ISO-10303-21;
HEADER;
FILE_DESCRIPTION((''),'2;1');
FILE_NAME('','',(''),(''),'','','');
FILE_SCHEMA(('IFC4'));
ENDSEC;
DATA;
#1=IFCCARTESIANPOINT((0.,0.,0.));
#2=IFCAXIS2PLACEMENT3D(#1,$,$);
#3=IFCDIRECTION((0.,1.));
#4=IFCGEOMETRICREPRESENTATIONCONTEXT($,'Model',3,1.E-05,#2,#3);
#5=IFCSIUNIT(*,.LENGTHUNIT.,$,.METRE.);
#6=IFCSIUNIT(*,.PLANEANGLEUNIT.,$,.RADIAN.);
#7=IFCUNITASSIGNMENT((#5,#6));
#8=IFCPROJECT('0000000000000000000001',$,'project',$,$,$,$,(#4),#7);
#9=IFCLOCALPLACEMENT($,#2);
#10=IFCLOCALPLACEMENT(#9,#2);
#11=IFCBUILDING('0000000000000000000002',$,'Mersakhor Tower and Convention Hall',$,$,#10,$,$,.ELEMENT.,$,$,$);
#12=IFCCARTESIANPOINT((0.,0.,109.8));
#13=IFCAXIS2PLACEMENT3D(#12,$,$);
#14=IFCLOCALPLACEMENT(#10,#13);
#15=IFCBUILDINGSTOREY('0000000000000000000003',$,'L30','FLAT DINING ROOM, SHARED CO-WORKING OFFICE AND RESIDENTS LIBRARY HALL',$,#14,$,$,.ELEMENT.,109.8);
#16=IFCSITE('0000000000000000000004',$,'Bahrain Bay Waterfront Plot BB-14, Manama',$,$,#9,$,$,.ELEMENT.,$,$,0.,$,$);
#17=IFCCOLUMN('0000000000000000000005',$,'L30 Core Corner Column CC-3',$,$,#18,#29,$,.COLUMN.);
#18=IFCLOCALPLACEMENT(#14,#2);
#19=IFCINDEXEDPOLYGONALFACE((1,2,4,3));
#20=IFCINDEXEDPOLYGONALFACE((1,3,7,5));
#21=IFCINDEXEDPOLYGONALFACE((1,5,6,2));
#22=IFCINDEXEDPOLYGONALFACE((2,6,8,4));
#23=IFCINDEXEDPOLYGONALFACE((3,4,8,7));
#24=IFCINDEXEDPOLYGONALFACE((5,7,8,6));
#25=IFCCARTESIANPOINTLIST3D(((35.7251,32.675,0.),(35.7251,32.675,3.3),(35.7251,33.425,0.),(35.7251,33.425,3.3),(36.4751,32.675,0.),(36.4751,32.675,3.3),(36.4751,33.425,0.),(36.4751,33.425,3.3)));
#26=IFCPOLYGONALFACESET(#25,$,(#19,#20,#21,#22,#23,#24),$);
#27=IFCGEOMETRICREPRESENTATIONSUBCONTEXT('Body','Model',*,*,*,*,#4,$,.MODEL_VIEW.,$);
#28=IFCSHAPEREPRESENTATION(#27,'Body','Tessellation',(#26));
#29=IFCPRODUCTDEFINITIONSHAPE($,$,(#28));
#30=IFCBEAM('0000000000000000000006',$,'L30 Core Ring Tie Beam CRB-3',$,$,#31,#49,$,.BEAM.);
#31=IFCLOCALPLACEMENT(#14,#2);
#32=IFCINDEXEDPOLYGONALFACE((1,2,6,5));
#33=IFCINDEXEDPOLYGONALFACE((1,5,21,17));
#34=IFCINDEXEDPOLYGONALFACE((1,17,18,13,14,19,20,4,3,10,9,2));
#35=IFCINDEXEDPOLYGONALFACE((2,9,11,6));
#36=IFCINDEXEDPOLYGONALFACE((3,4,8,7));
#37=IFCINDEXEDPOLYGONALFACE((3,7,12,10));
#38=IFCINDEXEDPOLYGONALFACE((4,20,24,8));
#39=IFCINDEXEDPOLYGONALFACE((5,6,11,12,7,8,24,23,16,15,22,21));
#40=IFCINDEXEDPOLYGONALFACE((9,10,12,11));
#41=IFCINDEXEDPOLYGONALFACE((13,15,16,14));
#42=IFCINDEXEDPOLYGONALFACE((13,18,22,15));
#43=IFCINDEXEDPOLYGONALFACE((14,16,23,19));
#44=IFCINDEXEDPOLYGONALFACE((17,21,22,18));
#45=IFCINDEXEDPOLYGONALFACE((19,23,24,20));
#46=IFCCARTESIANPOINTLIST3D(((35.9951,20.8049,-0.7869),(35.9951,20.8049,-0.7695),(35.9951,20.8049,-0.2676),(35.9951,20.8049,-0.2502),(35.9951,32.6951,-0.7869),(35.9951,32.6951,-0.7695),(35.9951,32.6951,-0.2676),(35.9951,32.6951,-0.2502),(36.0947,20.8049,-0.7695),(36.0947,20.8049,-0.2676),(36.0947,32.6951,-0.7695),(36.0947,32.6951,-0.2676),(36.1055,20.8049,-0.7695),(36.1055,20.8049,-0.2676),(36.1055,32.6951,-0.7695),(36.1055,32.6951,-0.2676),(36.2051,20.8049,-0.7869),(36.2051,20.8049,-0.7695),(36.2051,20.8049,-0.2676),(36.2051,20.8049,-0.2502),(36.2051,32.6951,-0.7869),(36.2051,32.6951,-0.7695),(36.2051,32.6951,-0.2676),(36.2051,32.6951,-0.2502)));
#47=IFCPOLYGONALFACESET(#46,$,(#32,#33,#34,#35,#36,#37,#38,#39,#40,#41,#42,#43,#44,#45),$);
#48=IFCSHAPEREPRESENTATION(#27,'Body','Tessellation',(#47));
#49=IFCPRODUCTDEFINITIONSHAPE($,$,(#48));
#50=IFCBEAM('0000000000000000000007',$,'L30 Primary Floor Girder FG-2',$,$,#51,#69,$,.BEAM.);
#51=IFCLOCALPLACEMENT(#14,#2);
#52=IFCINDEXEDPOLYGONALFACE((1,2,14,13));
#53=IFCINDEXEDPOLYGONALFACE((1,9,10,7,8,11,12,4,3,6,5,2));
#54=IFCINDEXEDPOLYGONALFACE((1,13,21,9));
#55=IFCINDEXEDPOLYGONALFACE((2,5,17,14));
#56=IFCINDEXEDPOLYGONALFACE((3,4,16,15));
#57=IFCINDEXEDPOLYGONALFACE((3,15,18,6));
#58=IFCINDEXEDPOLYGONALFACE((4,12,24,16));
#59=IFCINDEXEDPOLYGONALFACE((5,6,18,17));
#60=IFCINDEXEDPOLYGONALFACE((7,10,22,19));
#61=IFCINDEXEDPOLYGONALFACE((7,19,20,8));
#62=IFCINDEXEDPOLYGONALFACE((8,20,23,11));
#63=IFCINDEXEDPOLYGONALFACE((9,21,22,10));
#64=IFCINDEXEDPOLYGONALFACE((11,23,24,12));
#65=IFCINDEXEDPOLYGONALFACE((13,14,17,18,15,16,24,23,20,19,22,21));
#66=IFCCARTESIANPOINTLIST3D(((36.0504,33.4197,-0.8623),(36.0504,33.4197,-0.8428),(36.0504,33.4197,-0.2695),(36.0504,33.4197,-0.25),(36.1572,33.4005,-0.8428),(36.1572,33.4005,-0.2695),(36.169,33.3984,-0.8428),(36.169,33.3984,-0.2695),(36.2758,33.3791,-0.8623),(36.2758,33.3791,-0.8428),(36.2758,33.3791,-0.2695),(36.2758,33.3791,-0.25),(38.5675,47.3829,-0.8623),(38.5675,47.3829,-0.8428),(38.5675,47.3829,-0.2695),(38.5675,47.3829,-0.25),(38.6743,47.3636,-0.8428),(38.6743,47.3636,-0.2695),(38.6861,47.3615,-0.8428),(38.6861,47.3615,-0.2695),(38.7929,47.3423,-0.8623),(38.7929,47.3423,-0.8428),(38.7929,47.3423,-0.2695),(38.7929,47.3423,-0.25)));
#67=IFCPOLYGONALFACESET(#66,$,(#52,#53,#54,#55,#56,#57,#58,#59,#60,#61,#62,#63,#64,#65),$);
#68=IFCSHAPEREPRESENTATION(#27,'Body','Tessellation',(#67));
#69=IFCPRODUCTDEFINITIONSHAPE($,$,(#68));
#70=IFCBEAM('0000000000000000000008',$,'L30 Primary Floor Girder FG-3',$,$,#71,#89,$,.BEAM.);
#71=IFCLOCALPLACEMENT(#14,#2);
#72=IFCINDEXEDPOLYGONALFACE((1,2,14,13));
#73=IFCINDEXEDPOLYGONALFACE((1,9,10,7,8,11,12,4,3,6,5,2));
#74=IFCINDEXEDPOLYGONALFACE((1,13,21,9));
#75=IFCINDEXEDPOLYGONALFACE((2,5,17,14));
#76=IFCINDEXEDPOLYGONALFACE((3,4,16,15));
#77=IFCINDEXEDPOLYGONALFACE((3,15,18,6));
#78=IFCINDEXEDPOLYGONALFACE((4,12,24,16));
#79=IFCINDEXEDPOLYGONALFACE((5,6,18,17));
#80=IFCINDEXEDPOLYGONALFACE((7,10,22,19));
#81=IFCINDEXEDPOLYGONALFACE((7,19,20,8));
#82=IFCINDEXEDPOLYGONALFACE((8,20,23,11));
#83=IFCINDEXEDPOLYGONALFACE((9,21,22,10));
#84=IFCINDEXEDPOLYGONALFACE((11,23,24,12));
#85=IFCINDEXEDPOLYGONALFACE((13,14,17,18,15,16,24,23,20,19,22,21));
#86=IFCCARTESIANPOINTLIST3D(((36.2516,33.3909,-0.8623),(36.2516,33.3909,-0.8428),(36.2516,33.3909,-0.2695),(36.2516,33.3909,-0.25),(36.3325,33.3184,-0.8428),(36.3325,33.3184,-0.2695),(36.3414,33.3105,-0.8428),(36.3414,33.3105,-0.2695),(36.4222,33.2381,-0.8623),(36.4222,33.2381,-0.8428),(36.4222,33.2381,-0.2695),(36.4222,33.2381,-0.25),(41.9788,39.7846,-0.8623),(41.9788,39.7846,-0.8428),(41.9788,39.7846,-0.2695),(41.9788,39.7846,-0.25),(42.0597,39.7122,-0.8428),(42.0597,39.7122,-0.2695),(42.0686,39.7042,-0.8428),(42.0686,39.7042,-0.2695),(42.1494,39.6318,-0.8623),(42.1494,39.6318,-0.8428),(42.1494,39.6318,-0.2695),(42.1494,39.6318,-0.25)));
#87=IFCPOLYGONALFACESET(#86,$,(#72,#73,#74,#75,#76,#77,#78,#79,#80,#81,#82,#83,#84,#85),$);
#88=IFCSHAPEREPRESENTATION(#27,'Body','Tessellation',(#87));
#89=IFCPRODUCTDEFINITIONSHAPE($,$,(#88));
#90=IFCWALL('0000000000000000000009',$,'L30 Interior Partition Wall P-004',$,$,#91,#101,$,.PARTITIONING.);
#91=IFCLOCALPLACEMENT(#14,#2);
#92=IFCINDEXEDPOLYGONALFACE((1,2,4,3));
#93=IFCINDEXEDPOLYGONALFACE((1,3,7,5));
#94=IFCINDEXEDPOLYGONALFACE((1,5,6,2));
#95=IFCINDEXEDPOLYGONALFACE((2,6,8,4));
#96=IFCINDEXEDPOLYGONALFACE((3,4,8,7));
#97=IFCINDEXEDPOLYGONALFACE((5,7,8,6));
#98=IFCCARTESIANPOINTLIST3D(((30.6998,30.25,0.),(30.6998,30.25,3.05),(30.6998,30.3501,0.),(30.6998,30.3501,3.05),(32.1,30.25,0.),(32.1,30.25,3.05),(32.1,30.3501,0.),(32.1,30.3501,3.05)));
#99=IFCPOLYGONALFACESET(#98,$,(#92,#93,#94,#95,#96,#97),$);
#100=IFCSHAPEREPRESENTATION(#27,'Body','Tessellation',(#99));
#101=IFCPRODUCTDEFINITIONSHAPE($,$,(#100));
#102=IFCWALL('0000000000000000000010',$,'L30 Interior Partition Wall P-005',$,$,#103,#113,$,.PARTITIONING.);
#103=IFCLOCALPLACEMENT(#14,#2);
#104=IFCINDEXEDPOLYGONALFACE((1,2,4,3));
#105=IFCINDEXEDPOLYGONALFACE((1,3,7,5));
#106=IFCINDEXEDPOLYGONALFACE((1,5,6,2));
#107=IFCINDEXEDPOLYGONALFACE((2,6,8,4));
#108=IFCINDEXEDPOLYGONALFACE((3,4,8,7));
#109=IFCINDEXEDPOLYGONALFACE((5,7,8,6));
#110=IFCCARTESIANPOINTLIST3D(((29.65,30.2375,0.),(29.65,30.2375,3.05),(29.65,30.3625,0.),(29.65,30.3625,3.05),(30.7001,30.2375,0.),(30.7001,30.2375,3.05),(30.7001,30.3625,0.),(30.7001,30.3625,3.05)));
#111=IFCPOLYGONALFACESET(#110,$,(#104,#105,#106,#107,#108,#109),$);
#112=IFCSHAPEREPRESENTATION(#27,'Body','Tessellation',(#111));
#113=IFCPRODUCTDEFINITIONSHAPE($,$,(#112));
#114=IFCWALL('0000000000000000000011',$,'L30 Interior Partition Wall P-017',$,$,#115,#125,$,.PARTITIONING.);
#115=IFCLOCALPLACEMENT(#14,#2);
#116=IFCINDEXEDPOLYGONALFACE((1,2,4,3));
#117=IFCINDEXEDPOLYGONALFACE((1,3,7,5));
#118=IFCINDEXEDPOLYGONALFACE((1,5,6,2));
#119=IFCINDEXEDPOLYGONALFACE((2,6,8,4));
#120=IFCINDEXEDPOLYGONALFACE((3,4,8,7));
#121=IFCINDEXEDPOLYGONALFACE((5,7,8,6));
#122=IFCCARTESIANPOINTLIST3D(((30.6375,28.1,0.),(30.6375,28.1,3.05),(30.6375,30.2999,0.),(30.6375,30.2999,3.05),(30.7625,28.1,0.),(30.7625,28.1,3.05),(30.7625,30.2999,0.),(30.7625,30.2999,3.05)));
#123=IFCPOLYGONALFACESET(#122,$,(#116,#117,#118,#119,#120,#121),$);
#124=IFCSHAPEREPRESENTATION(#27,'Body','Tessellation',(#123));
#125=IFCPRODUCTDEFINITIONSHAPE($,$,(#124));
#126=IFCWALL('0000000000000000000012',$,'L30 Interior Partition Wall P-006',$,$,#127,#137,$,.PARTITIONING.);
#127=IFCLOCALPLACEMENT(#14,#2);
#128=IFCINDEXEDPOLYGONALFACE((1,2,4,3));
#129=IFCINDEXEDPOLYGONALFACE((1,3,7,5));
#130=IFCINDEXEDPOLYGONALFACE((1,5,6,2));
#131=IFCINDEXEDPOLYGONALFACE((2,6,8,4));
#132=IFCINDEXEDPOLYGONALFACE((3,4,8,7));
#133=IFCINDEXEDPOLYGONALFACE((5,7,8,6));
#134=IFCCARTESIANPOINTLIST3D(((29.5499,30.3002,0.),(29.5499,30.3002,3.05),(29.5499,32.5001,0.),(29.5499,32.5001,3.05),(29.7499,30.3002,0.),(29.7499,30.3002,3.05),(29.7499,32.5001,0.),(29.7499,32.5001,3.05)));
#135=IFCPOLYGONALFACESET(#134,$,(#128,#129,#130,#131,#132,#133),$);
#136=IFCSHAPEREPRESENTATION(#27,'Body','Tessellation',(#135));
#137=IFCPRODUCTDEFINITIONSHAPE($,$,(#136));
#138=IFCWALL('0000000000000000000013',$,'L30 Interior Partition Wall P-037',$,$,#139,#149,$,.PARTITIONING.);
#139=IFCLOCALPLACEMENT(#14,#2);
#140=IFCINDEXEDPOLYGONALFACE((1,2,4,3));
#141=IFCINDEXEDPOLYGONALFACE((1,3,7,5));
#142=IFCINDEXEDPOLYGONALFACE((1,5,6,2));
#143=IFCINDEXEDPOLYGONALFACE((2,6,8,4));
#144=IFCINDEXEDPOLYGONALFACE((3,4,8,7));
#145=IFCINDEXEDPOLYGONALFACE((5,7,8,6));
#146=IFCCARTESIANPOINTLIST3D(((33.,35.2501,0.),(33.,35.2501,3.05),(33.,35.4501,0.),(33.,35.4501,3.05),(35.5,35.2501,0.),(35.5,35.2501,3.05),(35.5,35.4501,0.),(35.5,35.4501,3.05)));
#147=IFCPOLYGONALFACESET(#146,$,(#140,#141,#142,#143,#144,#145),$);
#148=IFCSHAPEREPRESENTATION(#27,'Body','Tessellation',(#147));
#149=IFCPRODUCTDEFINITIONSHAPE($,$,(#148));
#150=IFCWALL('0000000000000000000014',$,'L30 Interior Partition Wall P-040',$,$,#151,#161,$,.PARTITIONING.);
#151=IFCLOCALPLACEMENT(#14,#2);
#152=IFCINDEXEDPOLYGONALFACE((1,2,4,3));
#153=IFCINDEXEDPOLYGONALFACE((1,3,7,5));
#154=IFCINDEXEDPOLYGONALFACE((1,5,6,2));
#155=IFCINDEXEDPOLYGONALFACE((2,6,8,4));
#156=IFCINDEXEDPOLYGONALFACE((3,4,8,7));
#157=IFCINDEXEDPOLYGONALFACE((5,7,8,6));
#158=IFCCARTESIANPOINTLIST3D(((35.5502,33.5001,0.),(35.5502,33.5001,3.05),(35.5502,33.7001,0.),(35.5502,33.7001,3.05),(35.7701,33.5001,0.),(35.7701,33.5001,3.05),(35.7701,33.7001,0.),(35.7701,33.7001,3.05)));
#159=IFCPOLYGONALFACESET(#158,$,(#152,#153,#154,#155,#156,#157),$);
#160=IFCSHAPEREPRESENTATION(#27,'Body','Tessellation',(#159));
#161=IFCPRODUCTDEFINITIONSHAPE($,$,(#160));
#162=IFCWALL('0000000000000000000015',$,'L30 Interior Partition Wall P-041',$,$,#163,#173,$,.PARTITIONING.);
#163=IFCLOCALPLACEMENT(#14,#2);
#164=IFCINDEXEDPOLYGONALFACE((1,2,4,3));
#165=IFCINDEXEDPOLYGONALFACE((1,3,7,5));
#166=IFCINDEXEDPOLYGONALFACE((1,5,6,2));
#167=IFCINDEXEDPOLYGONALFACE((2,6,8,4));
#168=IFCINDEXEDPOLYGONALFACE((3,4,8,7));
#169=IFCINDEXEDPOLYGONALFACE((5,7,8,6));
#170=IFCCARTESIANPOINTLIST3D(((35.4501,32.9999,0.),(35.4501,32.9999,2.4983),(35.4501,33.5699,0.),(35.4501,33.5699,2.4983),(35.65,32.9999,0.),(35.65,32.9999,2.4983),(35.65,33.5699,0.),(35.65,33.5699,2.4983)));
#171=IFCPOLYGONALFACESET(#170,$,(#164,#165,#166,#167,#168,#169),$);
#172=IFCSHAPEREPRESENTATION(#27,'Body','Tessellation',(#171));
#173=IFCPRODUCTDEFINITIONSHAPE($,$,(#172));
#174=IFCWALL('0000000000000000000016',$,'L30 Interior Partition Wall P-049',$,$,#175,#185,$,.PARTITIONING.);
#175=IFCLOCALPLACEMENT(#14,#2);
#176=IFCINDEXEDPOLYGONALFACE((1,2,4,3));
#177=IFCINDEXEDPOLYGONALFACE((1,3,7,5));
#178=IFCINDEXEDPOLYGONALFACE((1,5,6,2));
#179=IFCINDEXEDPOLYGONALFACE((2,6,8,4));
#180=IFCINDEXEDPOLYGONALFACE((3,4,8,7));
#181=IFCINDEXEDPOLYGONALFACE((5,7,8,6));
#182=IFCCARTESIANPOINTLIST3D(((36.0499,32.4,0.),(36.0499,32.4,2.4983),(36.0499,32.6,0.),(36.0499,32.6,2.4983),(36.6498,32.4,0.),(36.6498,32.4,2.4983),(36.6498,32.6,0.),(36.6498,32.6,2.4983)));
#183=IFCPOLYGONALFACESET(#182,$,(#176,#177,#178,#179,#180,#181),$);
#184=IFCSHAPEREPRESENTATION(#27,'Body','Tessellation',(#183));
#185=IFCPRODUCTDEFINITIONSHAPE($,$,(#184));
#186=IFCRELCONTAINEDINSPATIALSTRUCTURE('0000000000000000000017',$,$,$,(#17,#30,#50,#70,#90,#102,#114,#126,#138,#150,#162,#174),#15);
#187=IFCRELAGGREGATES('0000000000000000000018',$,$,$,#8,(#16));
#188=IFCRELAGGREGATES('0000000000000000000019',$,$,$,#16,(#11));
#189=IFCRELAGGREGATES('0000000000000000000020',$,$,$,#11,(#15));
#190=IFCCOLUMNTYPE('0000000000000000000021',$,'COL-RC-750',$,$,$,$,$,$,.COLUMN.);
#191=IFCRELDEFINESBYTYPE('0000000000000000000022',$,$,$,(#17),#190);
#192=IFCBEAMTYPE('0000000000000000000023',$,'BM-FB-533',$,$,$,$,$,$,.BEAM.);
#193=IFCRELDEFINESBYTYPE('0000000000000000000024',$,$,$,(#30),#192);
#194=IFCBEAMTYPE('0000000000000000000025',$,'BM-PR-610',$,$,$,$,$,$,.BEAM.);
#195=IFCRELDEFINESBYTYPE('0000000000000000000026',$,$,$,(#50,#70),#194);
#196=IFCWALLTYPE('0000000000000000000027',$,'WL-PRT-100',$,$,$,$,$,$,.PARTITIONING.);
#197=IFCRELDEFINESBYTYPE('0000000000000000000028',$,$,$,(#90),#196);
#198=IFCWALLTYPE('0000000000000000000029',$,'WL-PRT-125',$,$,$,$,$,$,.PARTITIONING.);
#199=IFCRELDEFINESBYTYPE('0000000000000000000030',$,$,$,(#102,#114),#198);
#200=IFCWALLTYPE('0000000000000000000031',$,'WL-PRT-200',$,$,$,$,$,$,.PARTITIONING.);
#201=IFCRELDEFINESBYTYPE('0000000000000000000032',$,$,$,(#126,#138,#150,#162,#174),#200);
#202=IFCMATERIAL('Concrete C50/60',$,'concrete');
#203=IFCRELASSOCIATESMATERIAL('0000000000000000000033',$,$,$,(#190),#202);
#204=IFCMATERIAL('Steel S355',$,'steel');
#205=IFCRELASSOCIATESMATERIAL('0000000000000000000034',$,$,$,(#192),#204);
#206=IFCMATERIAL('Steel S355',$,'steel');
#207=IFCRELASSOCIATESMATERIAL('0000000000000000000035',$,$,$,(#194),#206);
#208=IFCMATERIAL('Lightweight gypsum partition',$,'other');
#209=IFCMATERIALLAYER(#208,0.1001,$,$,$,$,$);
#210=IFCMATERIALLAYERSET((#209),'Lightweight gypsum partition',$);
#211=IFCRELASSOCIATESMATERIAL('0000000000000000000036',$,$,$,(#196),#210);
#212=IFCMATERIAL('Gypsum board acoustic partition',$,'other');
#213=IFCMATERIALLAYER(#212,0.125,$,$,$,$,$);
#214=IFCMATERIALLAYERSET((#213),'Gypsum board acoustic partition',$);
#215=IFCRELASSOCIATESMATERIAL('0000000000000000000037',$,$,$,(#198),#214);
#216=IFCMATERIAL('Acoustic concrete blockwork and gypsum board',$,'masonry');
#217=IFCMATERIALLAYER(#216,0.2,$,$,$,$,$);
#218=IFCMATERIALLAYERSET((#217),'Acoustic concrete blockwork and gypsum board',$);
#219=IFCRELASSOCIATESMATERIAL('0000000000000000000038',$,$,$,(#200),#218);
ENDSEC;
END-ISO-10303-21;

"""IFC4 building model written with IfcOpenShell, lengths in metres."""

from ifc_helpers import new_model, si_unit, direction, frame, frame_2d, origin, origin_2d, place, context, subcontext, project, spatial, rectangle, i_section, extrude, material, layer, layer_set, material_profile, profile_set, type_object, element, save


model = new_model("IFC4")

# Units and contexts
model_context = context("Model", 3, precision=1e-05, world=origin(), true_north=direction((0.0, 1.0)))
body_context = subcontext(model_context, "Body", "Model", "MODEL_VIEW")
ifc_project = project(units=[si_unit("LENGTHUNIT", "METRE"), si_unit("PLANEANGLEUNIT", "RADIAN")], contexts=[model_context])

# Site, building, storey
site_placement = place(None, origin())
site = spatial("IfcSite", under=ifc_project, at=site_placement, Name="Bahrain Bay Waterfront Plot BB-14, Manama", CompositionType="ELEMENT", RefElevation=0.0)
building_placement = place(site_placement, origin())
building = spatial("IfcBuilding", under=site, at=building_placement, Name="Mersakhor Tower and Convention Hall", CompositionType="ELEMENT")
storey_placement = place(building_placement, frame((0.0, 0.0, 109.8)))
storey = spatial("IfcBuildingStorey", under=building, at=storey_placement, Name="L30", Description="FLAT DINING ROOM, SHARED CO-WORKING OFFICE AND RESIDENTS LIBRARY HALL", CompositionType="ELEMENT", Elevation=109.8)

# Column
ifc_material_1 = material(Name="Concrete C50/60", Category="concrete")
ifc_material_profile_1 = material_profile(ifc_material_1, rectangle(XDim=0.75, YDim=0.75, at=origin_2d()), Name="RC 750x750")
ifc_profile_set_1 = profile_set([ifc_material_profile_1], Name="Concrete C50/60")
column_type = type_object("IfcColumnType", Name="COL-RC-750", PredefinedType="COLUMN", material=ifc_profile_set_1)
column_placement = place(storey_placement, frame((36.1001, 33.05, 0.0), z_axis=(0.0, 0.0, 1.0), x_axis=(1.0, 0.0, 0.0)))
element("IfcColumn", 1, at=column_placement, inside=storey, type_object=column_type, Name="L30 Core Corner Column CC-3", PredefinedType="COLUMN", context=body_context, shape_type="SweptSolid", body=[
    extrude(rectangle(XDim=0.75, YDim=0.75, at=origin_2d()), origin(), (0.0, 0.0, 1.0), 3.3),
])

# Beams
ifc_material_2 = material(Name="Steel S355", Category="steel")
ifc_material_profile_2 = material_profile(ifc_material_2, i_section(OverallWidth=0.21, OverallDepth=0.5366, WebThickness=0.0107, FlangeThickness=0.0173, at=origin_2d()), Name="UB 533x210x101")
ifc_profile_set_2 = profile_set([ifc_material_profile_2], Name="Steel S355")
beam_type_1 = type_object("IfcBeamType", Name="BM-FB-533", PredefinedType="BEAM", material=ifc_profile_set_2)
beam_1_placement = place(storey_placement, frame((36.1001, 32.6951, -0.5186), z_axis=(0.0, -1.0, 0.0), x_axis=(1.0, 0.0, 0.0)))
element("IfcBeam", 2, at=beam_1_placement, inside=storey, type_object=beam_type_1, Name="L30 Core Ring Tie Beam CRB-3", PredefinedType="BEAM", context=body_context, shape_type="SweptSolid", body=[
    extrude(i_section(OverallWidth=0.21, OverallDepth=0.5366, WebThickness=0.0107, FlangeThickness=0.0173, at=origin_2d()), origin(), (0.0, 0.0, 1.0), 11.8901),
])
ifc_material_3 = material(Name="Steel S355", Category="steel")
ifc_material_profile_3 = material_profile(ifc_material_3, i_section(OverallWidth=0.229, OverallDepth=0.6123, WebThickness=0.012, FlangeThickness=0.0195, at=origin_2d()), Name="UB 610x229x125")
ifc_profile_set_3 = profile_set([ifc_material_profile_3], Name="Steel S355")
beam_type_2 = type_object("IfcBeamType", Name="BM-PR-610", PredefinedType="BEAM", material=ifc_profile_set_3)
beam_2_placement = place(storey_placement, frame((36.1631, 33.3994, -0.5562), z_axis=(0.177407, 0.984138, 0.0), x_axis=(-0.984138, 0.177407, 0.0)))
element("IfcBeam", 3, at=beam_2_placement, inside=storey, type_object=beam_type_2, Name="L30 Primary Floor Girder FG-2", PredefinedType="BEAM", context=body_context, shape_type="SweptSolid", body=[
    extrude(i_section(OverallWidth=0.229, OverallDepth=0.6123, WebThickness=0.012, FlangeThickness=0.0195, at=origin_2d()), origin(), (0.0, 0.0, 1.0), 14.1882),
])
beam_3_placement = place(storey_placement, frame((36.3369, 33.3145, -0.5562), z_axis=(0.667217, 0.744863, 0.0), x_axis=(-0.744863, 0.667217, 0.0)))
element("IfcBeam", 4, at=beam_3_placement, inside=storey, type_object=beam_type_2, Name="L30 Primary Floor Girder FG-3", PredefinedType="BEAM", context=body_context, shape_type="SweptSolid", body=[
    extrude(i_section(OverallWidth=0.229, OverallDepth=0.6123, WebThickness=0.012, FlangeThickness=0.0195, at=origin_2d()), origin(), (0.0, 0.0, 1.0), 8.5837),
])

# Walls
ifc_material_4 = material(Name="Lightweight gypsum partition", Category="other")
ifc_layer_1 = layer(ifc_material_4, 0.1001)
ifc_layer_set_1 = layer_set([ifc_layer_1], Name="Lightweight gypsum partition")
wall_type_1 = type_object("IfcWallType", Name="WL-PRT-100", PredefinedType="PARTITIONING", material=ifc_layer_set_1)
wall_1_placement = place(storey_placement, frame((32.1001, 30.3, 0.0), z_axis=(0.0, 0.0, 1.0), x_axis=(-1.0, 0.0, 0.0)))
element("IfcWall", 5, at=wall_1_placement, inside=storey, type_object=wall_type_1, Name="L30 Interior Partition Wall P-004", PredefinedType="PARTITIONING", context=body_context, shape_type="SweptSolid", body=[
    extrude(rectangle(XDim=1.4001, YDim=0.1001, at=frame_2d((0.7002, 0.0))), origin(), (0.0, 0.0, 1.0), 3.05),
])
ifc_material_5 = material(Name="Gypsum board acoustic partition", Category="other")
ifc_layer_2 = layer(ifc_material_5, 0.125)
ifc_layer_set_2 = layer_set([ifc_layer_2], Name="Gypsum board acoustic partition")
wall_type_2 = type_object("IfcWallType", Name="WL-PRT-125", PredefinedType="PARTITIONING", material=ifc_layer_set_2)
wall_2_placement = place(storey_placement, frame((30.7, 30.3, 0.0), z_axis=(0.0, 0.0, 1.0), x_axis=(-1.0, 0.0, 0.0)))
element("IfcWall", 6, at=wall_2_placement, inside=storey, type_object=wall_type_2, Name="L30 Interior Partition Wall P-005", PredefinedType="PARTITIONING", context=body_context, shape_type="SweptSolid", body=[
    extrude(rectangle(XDim=1.05, YDim=0.125, at=frame_2d((0.5249, 0.0))), origin(), (0.0, 0.0, 1.0), 3.05),
])
wall_3_placement = place(storey_placement, frame((30.7, 30.3, 0.0), z_axis=(0.0, 0.0, 1.0), x_axis=(0.0, -1.0, 0.0)))
element("IfcWall", 7, at=wall_3_placement, inside=storey, type_object=wall_type_2, Name="L30 Interior Partition Wall P-017", PredefinedType="PARTITIONING", context=body_context, shape_type="SweptSolid", body=[
    extrude(rectangle(XDim=2.2, YDim=0.125, at=frame_2d((1.1001, 0.0))), origin(), (0.0, 0.0, 1.0), 3.05),
])
ifc_material_6 = material(Name="Acoustic concrete blockwork and gypsum board", Category="masonry")
ifc_layer_3 = layer(ifc_material_6, 0.2)
ifc_layer_set_3 = layer_set([ifc_layer_3], Name="Acoustic concrete blockwork and gypsum board")
wall_type_3 = type_object("IfcWallType", Name="WL-PRT-200", PredefinedType="PARTITIONING", material=ifc_layer_set_3)
wall_4_placement = place(storey_placement, frame((29.6499, 30.3, 0.0), z_axis=(0.0, 0.0, 1.0), x_axis=(0.0, 1.0, 0.0)))
element("IfcWall", 8, at=wall_4_placement, inside=storey, type_object=wall_type_3, Name="L30 Interior Partition Wall P-006", PredefinedType="PARTITIONING", context=body_context, shape_type="SweptSolid", body=[
    extrude(rectangle(XDim=2.2, YDim=0.2, at=frame_2d((1.1001, 0.0))), origin(), (0.0, 0.0, 1.0), 3.05),
])
wall_5_placement = place(storey_placement, frame((33.0, 35.3501, 0.0), z_axis=(0.0, 0.0, 1.0), x_axis=(1.0, 0.0, 0.0)))
element("IfcWall", 9, at=wall_5_placement, inside=storey, type_object=wall_type_3, Name="L30 Interior Partition Wall P-037", PredefinedType="PARTITIONING", context=body_context, shape_type="SweptSolid", body=[
    extrude(rectangle(XDim=2.5, YDim=0.2, at=frame_2d((1.25, 0.0))), origin(), (0.0, 0.0, 1.0), 3.05),
])
wall_6_placement = place(storey_placement, frame((35.77, 33.6001, 0.0), z_axis=(0.0, 0.0, 1.0), x_axis=(-1.0, 0.0, 0.0)))
element("IfcWall", 10, at=wall_6_placement, inside=storey, type_object=wall_type_3, Name="L30 Interior Partition Wall P-040", PredefinedType="PARTITIONING", context=body_context, shape_type="SweptSolid", body=[
    extrude(rectangle(XDim=0.22, YDim=0.2, at=frame_2d((0.1099, 0.0))), origin(), (0.0, 0.0, 1.0), 3.05),
])
wall_7_placement = place(storey_placement, frame((35.55, 33.5701, 0.0), z_axis=(0.0, 0.0, 1.0), x_axis=(0.0, -1.0, 0.0)))
element("IfcWall", 11, at=wall_7_placement, inside=storey, type_object=wall_type_3, Name="L30 Interior Partition Wall P-041", PredefinedType="PARTITIONING", context=body_context, shape_type="SweptSolid", body=[
    extrude(rectangle(XDim=0.5701, YDim=0.2, at=frame_2d((0.2852, 0.0))), origin(), (0.0, 0.0, 1.0), 2.4983),
])
wall_8_placement = place(storey_placement, frame((36.05, 32.5, 0.0), z_axis=(0.0, 0.0, 1.0), x_axis=(1.0, 0.0, 0.0)))
element("IfcWall", 12, at=wall_8_placement, inside=storey, type_object=wall_type_3, Name="L30 Interior Partition Wall P-049", PredefinedType="PARTITIONING", context=body_context, shape_type="SweptSolid", body=[
    extrude(rectangle(XDim=0.5999, YDim=0.2, at=frame_2d((0.2998, 0.0))), origin(), (0.0, 0.0, 1.0), 2.4983),
])

save(model, "model.ifc")
